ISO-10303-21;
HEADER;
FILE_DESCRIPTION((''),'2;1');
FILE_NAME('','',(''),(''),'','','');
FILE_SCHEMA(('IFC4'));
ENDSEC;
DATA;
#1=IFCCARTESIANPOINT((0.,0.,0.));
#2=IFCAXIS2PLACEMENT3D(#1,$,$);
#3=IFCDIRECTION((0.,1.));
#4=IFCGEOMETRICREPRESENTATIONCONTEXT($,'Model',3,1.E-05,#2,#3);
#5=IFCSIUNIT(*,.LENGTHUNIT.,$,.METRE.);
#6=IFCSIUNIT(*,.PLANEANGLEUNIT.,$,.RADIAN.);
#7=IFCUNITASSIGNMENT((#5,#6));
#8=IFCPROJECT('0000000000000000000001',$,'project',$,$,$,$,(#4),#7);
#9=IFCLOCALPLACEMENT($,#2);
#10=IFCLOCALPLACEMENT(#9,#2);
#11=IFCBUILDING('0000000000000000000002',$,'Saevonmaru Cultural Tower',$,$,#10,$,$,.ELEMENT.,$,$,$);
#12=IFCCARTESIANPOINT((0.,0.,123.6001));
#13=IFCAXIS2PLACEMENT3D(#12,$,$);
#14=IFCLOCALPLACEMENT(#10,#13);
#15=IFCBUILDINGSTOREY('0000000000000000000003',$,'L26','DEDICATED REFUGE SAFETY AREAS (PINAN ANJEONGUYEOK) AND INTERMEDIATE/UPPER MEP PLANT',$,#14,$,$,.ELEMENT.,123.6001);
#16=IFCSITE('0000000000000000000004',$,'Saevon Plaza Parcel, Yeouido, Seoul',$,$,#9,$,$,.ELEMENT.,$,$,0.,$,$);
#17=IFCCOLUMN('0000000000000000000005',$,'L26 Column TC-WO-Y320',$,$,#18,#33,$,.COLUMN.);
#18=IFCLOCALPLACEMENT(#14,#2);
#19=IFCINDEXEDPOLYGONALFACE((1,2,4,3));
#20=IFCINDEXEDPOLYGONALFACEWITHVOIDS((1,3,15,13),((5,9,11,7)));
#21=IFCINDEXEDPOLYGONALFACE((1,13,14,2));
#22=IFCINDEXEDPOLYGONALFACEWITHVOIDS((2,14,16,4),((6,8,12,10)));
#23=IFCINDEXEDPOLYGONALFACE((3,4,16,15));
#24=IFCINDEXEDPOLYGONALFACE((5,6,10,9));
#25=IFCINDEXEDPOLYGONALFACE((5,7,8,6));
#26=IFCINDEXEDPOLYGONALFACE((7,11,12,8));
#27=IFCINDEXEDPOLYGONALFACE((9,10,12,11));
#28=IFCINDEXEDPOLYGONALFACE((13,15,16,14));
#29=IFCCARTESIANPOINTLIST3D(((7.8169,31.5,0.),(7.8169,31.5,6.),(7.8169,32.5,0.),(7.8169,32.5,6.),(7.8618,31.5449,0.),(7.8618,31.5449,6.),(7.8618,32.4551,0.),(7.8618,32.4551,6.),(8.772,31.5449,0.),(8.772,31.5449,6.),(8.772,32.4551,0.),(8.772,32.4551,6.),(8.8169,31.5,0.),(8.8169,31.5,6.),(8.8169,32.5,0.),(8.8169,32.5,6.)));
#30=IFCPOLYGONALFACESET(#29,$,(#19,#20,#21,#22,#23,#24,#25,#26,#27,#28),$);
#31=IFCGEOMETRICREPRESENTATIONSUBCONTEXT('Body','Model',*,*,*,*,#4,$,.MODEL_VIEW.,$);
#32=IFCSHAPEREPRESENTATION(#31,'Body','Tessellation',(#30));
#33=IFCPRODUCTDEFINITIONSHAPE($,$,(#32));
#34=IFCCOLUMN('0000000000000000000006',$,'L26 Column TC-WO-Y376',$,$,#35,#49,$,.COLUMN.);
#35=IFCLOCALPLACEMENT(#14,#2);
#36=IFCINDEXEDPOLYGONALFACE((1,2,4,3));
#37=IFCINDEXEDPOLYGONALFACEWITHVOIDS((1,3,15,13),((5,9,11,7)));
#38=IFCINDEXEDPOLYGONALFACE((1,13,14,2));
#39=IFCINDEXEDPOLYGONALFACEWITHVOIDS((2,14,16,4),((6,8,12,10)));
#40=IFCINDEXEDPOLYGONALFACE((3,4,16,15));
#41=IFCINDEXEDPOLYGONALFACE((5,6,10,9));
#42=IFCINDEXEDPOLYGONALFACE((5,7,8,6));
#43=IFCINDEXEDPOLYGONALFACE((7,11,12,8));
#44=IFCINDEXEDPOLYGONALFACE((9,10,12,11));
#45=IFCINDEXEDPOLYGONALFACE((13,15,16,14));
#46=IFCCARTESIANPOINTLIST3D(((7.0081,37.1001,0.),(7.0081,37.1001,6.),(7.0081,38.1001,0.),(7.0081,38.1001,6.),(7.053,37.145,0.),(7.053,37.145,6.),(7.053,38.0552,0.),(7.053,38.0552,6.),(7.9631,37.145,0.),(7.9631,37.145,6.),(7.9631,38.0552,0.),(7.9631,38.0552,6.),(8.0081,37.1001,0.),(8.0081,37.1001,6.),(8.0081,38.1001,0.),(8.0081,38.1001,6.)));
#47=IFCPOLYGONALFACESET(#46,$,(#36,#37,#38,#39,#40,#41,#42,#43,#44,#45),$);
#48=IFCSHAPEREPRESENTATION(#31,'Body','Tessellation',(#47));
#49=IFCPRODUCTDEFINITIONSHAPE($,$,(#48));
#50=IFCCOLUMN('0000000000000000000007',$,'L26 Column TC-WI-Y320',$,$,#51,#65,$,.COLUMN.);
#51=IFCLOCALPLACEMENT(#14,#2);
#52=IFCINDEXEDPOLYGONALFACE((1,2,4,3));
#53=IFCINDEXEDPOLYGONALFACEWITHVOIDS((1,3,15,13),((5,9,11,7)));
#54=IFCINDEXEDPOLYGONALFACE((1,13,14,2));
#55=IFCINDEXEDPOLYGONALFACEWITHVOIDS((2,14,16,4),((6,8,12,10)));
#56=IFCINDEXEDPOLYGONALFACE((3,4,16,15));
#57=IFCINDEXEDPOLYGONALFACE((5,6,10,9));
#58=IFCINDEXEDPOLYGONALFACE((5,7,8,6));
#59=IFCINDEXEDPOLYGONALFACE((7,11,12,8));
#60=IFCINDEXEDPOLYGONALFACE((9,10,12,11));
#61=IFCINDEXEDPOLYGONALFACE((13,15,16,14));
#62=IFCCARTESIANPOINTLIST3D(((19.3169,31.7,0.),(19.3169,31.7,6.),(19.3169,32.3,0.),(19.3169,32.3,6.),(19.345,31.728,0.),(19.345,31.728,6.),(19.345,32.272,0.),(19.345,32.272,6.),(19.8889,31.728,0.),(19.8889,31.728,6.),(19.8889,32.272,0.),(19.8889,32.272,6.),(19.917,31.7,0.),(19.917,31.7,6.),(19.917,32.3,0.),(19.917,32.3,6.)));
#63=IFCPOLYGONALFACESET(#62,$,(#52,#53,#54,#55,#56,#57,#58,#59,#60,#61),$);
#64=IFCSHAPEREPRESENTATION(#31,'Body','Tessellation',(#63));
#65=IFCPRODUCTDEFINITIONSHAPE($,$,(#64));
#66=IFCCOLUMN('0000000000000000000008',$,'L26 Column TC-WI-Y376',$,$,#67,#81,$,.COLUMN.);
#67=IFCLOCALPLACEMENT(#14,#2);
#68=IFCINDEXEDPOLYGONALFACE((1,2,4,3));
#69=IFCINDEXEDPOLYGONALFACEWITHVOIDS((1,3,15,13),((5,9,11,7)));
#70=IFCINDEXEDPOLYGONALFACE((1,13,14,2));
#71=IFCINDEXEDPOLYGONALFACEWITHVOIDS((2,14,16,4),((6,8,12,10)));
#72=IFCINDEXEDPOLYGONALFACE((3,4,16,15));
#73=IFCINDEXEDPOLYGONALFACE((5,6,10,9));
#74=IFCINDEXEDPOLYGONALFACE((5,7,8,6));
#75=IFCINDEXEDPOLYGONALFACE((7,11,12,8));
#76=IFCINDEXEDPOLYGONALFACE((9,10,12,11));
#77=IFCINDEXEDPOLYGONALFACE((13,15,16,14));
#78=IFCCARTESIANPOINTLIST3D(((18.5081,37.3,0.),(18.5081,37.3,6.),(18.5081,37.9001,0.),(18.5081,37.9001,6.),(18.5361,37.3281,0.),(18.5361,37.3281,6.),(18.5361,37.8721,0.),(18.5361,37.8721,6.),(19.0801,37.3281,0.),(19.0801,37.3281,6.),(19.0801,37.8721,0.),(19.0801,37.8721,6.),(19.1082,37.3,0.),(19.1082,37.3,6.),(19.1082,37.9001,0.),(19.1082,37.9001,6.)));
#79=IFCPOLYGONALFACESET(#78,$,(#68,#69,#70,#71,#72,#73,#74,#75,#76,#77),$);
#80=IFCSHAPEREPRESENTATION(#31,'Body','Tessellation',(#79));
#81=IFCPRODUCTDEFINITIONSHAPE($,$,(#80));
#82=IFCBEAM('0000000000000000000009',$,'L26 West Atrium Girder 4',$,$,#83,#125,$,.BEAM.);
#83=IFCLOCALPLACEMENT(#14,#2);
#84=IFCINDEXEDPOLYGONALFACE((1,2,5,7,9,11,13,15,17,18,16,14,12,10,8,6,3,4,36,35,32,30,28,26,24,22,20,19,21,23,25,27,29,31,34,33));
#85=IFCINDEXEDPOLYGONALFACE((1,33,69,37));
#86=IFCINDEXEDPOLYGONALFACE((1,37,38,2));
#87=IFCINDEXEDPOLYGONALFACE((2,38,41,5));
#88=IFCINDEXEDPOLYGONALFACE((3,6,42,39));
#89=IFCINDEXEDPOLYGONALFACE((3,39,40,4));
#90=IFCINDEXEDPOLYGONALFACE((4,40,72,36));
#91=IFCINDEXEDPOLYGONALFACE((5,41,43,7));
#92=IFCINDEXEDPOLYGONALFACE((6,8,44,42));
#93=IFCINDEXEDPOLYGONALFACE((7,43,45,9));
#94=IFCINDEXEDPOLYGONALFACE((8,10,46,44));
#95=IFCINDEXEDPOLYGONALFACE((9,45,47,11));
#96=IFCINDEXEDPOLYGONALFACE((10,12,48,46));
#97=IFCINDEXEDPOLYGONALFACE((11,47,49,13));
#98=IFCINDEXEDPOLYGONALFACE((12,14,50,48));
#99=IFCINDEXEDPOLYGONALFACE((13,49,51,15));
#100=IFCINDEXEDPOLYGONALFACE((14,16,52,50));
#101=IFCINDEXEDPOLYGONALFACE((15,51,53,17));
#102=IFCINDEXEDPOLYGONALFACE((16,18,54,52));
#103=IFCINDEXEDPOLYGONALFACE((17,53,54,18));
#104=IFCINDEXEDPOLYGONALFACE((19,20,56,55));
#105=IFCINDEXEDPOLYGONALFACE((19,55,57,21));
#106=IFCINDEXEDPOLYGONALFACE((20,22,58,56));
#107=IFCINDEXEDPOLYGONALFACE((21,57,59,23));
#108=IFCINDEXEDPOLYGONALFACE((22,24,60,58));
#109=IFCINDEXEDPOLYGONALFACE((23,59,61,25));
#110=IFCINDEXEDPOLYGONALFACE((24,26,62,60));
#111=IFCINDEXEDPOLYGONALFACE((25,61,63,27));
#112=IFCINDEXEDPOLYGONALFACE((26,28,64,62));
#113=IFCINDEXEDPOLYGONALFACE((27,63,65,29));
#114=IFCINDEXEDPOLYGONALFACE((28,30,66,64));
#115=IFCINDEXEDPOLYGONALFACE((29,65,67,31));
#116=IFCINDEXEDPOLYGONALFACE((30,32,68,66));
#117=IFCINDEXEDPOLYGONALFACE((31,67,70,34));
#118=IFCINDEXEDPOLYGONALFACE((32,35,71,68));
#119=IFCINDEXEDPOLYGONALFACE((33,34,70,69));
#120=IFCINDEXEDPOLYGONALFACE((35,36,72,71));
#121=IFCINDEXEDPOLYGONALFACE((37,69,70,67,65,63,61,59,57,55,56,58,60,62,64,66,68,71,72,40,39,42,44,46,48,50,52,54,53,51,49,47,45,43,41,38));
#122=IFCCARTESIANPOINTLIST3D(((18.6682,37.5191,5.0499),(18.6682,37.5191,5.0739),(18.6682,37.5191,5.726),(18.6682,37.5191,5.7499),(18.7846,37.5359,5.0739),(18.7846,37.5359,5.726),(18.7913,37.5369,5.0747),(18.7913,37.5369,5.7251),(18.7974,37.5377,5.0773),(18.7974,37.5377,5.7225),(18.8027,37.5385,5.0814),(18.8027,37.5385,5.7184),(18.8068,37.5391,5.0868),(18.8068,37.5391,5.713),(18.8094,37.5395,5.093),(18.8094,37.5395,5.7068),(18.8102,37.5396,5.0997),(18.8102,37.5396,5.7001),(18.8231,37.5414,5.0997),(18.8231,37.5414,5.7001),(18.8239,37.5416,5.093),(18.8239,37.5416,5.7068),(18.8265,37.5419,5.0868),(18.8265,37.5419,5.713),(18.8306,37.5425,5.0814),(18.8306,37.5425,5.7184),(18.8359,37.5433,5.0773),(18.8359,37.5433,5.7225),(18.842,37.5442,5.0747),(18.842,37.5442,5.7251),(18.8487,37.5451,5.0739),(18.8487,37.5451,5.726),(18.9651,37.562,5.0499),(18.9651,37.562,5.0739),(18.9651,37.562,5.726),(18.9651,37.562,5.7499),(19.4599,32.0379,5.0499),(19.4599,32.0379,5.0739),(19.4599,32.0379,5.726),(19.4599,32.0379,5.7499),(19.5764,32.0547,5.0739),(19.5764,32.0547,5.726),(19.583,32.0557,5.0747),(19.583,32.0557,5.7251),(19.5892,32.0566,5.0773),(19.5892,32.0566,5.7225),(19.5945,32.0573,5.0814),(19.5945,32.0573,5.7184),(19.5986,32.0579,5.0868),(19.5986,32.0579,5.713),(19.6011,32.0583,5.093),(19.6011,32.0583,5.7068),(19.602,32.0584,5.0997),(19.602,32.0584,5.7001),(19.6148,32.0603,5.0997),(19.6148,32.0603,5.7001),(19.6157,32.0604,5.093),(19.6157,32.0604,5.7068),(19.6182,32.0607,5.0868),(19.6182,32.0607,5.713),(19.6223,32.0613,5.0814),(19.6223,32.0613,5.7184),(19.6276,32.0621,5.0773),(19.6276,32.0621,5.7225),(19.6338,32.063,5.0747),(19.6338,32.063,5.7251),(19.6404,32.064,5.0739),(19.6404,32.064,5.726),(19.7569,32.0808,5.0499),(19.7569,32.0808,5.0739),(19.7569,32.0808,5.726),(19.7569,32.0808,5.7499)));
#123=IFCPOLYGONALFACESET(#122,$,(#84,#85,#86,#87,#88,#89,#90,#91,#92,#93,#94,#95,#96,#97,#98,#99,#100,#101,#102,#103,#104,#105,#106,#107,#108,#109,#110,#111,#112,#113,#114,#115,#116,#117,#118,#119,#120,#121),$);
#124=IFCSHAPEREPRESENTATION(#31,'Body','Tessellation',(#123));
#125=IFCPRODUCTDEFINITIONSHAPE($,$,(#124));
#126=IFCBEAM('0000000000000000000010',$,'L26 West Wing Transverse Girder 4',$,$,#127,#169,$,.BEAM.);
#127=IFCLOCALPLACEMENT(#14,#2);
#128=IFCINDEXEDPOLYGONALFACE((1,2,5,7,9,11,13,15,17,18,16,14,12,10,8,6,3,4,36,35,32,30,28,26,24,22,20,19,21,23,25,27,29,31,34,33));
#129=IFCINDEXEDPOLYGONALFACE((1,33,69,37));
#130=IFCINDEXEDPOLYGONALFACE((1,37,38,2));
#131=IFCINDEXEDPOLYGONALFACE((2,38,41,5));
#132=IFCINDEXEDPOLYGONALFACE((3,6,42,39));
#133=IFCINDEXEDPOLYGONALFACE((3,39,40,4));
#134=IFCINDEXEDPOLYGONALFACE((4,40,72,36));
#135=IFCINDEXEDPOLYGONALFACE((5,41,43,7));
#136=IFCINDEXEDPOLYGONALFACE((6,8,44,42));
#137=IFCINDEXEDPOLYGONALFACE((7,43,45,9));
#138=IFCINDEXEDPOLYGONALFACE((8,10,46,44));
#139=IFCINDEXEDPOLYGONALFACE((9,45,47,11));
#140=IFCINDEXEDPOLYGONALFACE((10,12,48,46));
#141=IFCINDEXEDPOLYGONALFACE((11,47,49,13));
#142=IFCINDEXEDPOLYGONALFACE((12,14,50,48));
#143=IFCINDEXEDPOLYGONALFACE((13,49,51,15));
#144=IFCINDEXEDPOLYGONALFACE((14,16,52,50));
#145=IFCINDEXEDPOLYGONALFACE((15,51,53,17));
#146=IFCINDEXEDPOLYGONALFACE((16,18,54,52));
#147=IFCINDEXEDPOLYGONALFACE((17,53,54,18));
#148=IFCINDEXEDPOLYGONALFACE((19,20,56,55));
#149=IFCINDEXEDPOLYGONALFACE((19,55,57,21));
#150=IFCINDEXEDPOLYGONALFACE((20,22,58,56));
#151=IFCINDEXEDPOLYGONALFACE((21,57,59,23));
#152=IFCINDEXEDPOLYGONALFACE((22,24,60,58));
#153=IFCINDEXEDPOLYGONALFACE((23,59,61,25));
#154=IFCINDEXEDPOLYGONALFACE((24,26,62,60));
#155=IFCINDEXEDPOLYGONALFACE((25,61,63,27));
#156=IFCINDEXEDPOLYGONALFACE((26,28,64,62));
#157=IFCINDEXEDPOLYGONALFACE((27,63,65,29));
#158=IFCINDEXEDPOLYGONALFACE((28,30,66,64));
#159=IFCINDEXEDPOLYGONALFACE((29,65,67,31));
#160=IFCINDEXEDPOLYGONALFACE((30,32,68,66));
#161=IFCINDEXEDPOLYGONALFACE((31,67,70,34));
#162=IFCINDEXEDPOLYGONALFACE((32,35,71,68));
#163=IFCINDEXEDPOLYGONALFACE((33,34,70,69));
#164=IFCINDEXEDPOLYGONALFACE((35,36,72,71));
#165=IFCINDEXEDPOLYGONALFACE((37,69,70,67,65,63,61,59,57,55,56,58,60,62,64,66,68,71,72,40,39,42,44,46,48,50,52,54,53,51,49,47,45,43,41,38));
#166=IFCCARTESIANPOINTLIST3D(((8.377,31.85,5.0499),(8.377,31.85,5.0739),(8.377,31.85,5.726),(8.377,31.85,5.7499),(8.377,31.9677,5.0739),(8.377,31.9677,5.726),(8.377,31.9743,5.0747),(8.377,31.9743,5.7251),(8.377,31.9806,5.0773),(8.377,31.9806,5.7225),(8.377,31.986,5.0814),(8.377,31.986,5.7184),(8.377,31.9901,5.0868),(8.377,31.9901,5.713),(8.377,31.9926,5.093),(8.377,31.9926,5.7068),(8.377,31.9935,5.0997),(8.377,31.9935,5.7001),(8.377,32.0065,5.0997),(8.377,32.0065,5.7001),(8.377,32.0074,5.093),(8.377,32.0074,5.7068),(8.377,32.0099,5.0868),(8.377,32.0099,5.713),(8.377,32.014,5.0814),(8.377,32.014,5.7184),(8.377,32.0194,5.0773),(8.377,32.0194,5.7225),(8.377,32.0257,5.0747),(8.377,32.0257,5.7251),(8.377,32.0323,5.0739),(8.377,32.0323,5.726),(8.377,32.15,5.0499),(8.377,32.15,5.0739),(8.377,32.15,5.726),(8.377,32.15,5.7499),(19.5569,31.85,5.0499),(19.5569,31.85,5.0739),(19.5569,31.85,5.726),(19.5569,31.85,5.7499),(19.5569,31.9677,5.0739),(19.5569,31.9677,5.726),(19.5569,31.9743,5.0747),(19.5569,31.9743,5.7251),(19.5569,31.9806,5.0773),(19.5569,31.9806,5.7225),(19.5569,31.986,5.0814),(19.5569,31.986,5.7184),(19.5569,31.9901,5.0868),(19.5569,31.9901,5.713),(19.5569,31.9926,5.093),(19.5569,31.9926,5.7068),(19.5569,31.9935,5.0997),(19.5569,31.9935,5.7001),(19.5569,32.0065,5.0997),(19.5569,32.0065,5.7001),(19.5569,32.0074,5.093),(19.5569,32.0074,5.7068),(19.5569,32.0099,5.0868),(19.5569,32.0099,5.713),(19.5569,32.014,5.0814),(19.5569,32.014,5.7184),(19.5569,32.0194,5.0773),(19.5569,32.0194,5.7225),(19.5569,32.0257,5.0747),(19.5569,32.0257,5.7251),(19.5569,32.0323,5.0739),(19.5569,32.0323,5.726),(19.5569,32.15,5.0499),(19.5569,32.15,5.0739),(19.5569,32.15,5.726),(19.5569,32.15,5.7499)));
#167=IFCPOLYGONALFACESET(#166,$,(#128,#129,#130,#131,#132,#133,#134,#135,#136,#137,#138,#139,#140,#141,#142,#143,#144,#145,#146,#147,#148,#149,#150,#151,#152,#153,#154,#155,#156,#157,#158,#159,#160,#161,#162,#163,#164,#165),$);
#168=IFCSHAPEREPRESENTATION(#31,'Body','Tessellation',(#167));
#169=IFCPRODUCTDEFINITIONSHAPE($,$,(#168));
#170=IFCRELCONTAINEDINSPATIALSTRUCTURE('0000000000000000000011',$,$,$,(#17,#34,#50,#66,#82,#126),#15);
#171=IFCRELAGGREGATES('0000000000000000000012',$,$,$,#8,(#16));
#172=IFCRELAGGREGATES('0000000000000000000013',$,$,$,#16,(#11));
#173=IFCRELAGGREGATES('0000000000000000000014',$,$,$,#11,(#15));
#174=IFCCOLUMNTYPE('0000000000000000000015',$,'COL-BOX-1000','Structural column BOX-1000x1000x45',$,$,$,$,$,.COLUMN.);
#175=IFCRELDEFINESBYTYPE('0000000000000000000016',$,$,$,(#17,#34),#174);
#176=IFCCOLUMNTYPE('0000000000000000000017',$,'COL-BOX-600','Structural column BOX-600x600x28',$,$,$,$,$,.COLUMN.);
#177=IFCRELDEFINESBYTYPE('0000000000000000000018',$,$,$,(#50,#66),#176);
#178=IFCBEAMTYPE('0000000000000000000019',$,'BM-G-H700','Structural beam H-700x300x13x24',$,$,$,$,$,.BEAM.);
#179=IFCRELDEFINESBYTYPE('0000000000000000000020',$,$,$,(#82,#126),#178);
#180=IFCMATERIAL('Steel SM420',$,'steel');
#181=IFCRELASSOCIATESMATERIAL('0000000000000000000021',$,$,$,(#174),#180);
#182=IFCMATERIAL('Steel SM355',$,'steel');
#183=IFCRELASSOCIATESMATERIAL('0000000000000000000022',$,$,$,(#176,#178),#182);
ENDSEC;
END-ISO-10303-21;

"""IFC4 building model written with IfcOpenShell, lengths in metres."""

from ifc_helpers import new_model, si_unit, direction, frame, origin, origin_2d, place, context, subcontext, project, spatial, hollow_rectangle, i_section, extrude, material, material_profile, profile_set, type_object, element, save


model = new_model("IFC4")

# Units and contexts
model_context = context("Model", 3, precision=1e-05, world=origin(), true_north=direction((0.0, 1.0)))
body_context = subcontext(model_context, "Body", "Model", "MODEL_VIEW")
ifc_project = project(units=[si_unit("LENGTHUNIT", "METRE"), si_unit("PLANEANGLEUNIT", "RADIAN")], contexts=[model_context])

# Site, building, storey
site_placement = place(None, origin())
site = spatial("IfcSite", under=ifc_project, at=site_placement, Name="Saevon Plaza Parcel, Yeouido, Seoul", CompositionType="ELEMENT", RefElevation=0.0)
building_placement = place(site_placement, origin())
building = spatial("IfcBuilding", under=site, at=building_placement, Name="Saevonmaru Cultural Tower", CompositionType="ELEMENT")
storey_placement = place(building_placement, frame((0.0, 0.0, 123.6001)))
storey = spatial("IfcBuildingStorey", under=building, at=storey_placement, Name="L26", Description="DEDICATED REFUGE SAFETY AREAS (PINAN ANJEONGUYEOK) AND INTERMEDIATE/UPPER MEP PLANT", CompositionType="ELEMENT", Elevation=123.6001)

# Columns
ifc_material_1 = material(Name="Steel SM420", Category="steel")
ifc_material_profile_1 = material_profile(ifc_material_1, hollow_rectangle(XDim=1.0, YDim=1.0, WallThickness=0.0449, at=origin_2d()), Name="BOX-1000x1000x45")
ifc_profile_set_1 = profile_set([ifc_material_profile_1], Name="Steel SM420")
column_type_1 = type_object("IfcColumnType", Name="COL-BOX-1000", Description="Structural column BOX-1000x1000x45", PredefinedType="COLUMN", material=ifc_profile_set_1)
for number, where, z_axis, x_axis, name in (
    (1, (8.3169, 32.0, 0.0), (0.0, 0.0, 1.0), (1.0, 0.0, 0.0), "L26 Column TC-WO-Y320"),
    (2, (7.5081, 37.6001, 0.0), (0.0, 0.0, 1.0), (1.0, 0.0, 0.0), "L26 Column TC-WO-Y376"),
):
    element("IfcColumn", number, at=place(storey_placement, frame(where, z_axis=z_axis, x_axis=x_axis)), inside=storey, type_object=column_type_1, Name=name, PredefinedType="COLUMN", context=body_context, shape_type="SweptSolid", body=[
        extrude(hollow_rectangle(XDim=1.0, YDim=1.0, WallThickness=0.0449, at=origin_2d()), origin(), (0.0, 0.0, 1.0), 6.0),
    ])
ifc_material_2 = material(Name="Steel SM355", Category="steel")
ifc_material_profile_2 = material_profile(ifc_material_2, hollow_rectangle(XDim=0.6001, YDim=0.6001, WallThickness=0.0281, at=origin_2d()), Name="BOX-600x600x28")
ifc_profile_set_2 = profile_set([ifc_material_profile_2], Name="Steel SM355")
column_type_2 = type_object("IfcColumnType", Name="COL-BOX-600", Description="Structural column BOX-600x600x28", PredefinedType="COLUMN", material=ifc_profile_set_2)
for number, where, z_axis, x_axis, name in (
    (3, (19.6169, 32.0, 0.0), (0.0, 0.0, 1.0), (1.0, 0.0, 0.0), "L26 Column TC-WI-Y320"),
    (4, (18.8081, 37.6001, 0.0), (0.0, 0.0, 1.0), (1.0, 0.0, 0.0), "L26 Column TC-WI-Y376"),
):
    element("IfcColumn", number, at=place(storey_placement, frame(where, z_axis=z_axis, x_axis=x_axis)), inside=storey, type_object=column_type_2, Name=name, PredefinedType="COLUMN", context=body_context, shape_type="SweptSolid", body=[
        extrude(hollow_rectangle(XDim=0.6001, YDim=0.6001, WallThickness=0.0281, at=origin_2d()), origin(), (0.0, 0.0, 1.0), 6.0),
    ])

# Beams
ifc_material_profile_3 = material_profile(ifc_material_2, i_section(OverallWidth=0.3, OverallDepth=0.7, WebThickness=0.0129, FlangeThickness=0.0239, FilletRadius=0.0259, at=origin_2d()), Name="H-700x300x13x24")
ifc_profile_set_3 = profile_set([ifc_material_profile_3], Name="Steel SM355")
beam_type_1 = type_object("IfcBeamType", Name="BM-G-H700", Description="Structural beam H-700x300x13x24", PredefinedType="BEAM", material=ifc_profile_set_3)
beam_1_placement = place(storey_placement, frame((19.6084, 32.0593, 5.3999), z_axis=(-0.142964, 0.989728, 0.0), x_axis=(-0.989728, -0.142964, 0.0)))
element("IfcBeam", 5, at=beam_1_placement, inside=storey, type_object=beam_type_1, Name="L26 West Atrium Girder 4", PredefinedType="BEAM", context=body_context, shape_type="SweptSolid", body=[
    extrude(i_section(OverallWidth=0.3, OverallDepth=0.7, WebThickness=0.0129, FlangeThickness=0.0239, FilletRadius=0.0259, at=origin_2d()), origin(), (0.0, 0.0, 1.0), 5.5381),
])
beam_2_placement = place(storey_placement, frame((8.377, 32.0, 5.3999), z_axis=(1.0, 0.0, 0.0), x_axis=(0.0, 1.0, 0.0)))
element("IfcBeam", 6, at=beam_2_placement, inside=storey, type_object=beam_type_1, Name="L26 West Wing Transverse Girder 4", PredefinedType="BEAM", context=body_context, shape_type="SweptSolid", body=[
    extrude(i_section(OverallWidth=0.3, OverallDepth=0.7, WebThickness=0.0129, FlangeThickness=0.0239, FilletRadius=0.0259, at=origin_2d()), origin(), (0.0, 0.0, 1.0), 11.1799),
])

save(model, "model.ifc")
